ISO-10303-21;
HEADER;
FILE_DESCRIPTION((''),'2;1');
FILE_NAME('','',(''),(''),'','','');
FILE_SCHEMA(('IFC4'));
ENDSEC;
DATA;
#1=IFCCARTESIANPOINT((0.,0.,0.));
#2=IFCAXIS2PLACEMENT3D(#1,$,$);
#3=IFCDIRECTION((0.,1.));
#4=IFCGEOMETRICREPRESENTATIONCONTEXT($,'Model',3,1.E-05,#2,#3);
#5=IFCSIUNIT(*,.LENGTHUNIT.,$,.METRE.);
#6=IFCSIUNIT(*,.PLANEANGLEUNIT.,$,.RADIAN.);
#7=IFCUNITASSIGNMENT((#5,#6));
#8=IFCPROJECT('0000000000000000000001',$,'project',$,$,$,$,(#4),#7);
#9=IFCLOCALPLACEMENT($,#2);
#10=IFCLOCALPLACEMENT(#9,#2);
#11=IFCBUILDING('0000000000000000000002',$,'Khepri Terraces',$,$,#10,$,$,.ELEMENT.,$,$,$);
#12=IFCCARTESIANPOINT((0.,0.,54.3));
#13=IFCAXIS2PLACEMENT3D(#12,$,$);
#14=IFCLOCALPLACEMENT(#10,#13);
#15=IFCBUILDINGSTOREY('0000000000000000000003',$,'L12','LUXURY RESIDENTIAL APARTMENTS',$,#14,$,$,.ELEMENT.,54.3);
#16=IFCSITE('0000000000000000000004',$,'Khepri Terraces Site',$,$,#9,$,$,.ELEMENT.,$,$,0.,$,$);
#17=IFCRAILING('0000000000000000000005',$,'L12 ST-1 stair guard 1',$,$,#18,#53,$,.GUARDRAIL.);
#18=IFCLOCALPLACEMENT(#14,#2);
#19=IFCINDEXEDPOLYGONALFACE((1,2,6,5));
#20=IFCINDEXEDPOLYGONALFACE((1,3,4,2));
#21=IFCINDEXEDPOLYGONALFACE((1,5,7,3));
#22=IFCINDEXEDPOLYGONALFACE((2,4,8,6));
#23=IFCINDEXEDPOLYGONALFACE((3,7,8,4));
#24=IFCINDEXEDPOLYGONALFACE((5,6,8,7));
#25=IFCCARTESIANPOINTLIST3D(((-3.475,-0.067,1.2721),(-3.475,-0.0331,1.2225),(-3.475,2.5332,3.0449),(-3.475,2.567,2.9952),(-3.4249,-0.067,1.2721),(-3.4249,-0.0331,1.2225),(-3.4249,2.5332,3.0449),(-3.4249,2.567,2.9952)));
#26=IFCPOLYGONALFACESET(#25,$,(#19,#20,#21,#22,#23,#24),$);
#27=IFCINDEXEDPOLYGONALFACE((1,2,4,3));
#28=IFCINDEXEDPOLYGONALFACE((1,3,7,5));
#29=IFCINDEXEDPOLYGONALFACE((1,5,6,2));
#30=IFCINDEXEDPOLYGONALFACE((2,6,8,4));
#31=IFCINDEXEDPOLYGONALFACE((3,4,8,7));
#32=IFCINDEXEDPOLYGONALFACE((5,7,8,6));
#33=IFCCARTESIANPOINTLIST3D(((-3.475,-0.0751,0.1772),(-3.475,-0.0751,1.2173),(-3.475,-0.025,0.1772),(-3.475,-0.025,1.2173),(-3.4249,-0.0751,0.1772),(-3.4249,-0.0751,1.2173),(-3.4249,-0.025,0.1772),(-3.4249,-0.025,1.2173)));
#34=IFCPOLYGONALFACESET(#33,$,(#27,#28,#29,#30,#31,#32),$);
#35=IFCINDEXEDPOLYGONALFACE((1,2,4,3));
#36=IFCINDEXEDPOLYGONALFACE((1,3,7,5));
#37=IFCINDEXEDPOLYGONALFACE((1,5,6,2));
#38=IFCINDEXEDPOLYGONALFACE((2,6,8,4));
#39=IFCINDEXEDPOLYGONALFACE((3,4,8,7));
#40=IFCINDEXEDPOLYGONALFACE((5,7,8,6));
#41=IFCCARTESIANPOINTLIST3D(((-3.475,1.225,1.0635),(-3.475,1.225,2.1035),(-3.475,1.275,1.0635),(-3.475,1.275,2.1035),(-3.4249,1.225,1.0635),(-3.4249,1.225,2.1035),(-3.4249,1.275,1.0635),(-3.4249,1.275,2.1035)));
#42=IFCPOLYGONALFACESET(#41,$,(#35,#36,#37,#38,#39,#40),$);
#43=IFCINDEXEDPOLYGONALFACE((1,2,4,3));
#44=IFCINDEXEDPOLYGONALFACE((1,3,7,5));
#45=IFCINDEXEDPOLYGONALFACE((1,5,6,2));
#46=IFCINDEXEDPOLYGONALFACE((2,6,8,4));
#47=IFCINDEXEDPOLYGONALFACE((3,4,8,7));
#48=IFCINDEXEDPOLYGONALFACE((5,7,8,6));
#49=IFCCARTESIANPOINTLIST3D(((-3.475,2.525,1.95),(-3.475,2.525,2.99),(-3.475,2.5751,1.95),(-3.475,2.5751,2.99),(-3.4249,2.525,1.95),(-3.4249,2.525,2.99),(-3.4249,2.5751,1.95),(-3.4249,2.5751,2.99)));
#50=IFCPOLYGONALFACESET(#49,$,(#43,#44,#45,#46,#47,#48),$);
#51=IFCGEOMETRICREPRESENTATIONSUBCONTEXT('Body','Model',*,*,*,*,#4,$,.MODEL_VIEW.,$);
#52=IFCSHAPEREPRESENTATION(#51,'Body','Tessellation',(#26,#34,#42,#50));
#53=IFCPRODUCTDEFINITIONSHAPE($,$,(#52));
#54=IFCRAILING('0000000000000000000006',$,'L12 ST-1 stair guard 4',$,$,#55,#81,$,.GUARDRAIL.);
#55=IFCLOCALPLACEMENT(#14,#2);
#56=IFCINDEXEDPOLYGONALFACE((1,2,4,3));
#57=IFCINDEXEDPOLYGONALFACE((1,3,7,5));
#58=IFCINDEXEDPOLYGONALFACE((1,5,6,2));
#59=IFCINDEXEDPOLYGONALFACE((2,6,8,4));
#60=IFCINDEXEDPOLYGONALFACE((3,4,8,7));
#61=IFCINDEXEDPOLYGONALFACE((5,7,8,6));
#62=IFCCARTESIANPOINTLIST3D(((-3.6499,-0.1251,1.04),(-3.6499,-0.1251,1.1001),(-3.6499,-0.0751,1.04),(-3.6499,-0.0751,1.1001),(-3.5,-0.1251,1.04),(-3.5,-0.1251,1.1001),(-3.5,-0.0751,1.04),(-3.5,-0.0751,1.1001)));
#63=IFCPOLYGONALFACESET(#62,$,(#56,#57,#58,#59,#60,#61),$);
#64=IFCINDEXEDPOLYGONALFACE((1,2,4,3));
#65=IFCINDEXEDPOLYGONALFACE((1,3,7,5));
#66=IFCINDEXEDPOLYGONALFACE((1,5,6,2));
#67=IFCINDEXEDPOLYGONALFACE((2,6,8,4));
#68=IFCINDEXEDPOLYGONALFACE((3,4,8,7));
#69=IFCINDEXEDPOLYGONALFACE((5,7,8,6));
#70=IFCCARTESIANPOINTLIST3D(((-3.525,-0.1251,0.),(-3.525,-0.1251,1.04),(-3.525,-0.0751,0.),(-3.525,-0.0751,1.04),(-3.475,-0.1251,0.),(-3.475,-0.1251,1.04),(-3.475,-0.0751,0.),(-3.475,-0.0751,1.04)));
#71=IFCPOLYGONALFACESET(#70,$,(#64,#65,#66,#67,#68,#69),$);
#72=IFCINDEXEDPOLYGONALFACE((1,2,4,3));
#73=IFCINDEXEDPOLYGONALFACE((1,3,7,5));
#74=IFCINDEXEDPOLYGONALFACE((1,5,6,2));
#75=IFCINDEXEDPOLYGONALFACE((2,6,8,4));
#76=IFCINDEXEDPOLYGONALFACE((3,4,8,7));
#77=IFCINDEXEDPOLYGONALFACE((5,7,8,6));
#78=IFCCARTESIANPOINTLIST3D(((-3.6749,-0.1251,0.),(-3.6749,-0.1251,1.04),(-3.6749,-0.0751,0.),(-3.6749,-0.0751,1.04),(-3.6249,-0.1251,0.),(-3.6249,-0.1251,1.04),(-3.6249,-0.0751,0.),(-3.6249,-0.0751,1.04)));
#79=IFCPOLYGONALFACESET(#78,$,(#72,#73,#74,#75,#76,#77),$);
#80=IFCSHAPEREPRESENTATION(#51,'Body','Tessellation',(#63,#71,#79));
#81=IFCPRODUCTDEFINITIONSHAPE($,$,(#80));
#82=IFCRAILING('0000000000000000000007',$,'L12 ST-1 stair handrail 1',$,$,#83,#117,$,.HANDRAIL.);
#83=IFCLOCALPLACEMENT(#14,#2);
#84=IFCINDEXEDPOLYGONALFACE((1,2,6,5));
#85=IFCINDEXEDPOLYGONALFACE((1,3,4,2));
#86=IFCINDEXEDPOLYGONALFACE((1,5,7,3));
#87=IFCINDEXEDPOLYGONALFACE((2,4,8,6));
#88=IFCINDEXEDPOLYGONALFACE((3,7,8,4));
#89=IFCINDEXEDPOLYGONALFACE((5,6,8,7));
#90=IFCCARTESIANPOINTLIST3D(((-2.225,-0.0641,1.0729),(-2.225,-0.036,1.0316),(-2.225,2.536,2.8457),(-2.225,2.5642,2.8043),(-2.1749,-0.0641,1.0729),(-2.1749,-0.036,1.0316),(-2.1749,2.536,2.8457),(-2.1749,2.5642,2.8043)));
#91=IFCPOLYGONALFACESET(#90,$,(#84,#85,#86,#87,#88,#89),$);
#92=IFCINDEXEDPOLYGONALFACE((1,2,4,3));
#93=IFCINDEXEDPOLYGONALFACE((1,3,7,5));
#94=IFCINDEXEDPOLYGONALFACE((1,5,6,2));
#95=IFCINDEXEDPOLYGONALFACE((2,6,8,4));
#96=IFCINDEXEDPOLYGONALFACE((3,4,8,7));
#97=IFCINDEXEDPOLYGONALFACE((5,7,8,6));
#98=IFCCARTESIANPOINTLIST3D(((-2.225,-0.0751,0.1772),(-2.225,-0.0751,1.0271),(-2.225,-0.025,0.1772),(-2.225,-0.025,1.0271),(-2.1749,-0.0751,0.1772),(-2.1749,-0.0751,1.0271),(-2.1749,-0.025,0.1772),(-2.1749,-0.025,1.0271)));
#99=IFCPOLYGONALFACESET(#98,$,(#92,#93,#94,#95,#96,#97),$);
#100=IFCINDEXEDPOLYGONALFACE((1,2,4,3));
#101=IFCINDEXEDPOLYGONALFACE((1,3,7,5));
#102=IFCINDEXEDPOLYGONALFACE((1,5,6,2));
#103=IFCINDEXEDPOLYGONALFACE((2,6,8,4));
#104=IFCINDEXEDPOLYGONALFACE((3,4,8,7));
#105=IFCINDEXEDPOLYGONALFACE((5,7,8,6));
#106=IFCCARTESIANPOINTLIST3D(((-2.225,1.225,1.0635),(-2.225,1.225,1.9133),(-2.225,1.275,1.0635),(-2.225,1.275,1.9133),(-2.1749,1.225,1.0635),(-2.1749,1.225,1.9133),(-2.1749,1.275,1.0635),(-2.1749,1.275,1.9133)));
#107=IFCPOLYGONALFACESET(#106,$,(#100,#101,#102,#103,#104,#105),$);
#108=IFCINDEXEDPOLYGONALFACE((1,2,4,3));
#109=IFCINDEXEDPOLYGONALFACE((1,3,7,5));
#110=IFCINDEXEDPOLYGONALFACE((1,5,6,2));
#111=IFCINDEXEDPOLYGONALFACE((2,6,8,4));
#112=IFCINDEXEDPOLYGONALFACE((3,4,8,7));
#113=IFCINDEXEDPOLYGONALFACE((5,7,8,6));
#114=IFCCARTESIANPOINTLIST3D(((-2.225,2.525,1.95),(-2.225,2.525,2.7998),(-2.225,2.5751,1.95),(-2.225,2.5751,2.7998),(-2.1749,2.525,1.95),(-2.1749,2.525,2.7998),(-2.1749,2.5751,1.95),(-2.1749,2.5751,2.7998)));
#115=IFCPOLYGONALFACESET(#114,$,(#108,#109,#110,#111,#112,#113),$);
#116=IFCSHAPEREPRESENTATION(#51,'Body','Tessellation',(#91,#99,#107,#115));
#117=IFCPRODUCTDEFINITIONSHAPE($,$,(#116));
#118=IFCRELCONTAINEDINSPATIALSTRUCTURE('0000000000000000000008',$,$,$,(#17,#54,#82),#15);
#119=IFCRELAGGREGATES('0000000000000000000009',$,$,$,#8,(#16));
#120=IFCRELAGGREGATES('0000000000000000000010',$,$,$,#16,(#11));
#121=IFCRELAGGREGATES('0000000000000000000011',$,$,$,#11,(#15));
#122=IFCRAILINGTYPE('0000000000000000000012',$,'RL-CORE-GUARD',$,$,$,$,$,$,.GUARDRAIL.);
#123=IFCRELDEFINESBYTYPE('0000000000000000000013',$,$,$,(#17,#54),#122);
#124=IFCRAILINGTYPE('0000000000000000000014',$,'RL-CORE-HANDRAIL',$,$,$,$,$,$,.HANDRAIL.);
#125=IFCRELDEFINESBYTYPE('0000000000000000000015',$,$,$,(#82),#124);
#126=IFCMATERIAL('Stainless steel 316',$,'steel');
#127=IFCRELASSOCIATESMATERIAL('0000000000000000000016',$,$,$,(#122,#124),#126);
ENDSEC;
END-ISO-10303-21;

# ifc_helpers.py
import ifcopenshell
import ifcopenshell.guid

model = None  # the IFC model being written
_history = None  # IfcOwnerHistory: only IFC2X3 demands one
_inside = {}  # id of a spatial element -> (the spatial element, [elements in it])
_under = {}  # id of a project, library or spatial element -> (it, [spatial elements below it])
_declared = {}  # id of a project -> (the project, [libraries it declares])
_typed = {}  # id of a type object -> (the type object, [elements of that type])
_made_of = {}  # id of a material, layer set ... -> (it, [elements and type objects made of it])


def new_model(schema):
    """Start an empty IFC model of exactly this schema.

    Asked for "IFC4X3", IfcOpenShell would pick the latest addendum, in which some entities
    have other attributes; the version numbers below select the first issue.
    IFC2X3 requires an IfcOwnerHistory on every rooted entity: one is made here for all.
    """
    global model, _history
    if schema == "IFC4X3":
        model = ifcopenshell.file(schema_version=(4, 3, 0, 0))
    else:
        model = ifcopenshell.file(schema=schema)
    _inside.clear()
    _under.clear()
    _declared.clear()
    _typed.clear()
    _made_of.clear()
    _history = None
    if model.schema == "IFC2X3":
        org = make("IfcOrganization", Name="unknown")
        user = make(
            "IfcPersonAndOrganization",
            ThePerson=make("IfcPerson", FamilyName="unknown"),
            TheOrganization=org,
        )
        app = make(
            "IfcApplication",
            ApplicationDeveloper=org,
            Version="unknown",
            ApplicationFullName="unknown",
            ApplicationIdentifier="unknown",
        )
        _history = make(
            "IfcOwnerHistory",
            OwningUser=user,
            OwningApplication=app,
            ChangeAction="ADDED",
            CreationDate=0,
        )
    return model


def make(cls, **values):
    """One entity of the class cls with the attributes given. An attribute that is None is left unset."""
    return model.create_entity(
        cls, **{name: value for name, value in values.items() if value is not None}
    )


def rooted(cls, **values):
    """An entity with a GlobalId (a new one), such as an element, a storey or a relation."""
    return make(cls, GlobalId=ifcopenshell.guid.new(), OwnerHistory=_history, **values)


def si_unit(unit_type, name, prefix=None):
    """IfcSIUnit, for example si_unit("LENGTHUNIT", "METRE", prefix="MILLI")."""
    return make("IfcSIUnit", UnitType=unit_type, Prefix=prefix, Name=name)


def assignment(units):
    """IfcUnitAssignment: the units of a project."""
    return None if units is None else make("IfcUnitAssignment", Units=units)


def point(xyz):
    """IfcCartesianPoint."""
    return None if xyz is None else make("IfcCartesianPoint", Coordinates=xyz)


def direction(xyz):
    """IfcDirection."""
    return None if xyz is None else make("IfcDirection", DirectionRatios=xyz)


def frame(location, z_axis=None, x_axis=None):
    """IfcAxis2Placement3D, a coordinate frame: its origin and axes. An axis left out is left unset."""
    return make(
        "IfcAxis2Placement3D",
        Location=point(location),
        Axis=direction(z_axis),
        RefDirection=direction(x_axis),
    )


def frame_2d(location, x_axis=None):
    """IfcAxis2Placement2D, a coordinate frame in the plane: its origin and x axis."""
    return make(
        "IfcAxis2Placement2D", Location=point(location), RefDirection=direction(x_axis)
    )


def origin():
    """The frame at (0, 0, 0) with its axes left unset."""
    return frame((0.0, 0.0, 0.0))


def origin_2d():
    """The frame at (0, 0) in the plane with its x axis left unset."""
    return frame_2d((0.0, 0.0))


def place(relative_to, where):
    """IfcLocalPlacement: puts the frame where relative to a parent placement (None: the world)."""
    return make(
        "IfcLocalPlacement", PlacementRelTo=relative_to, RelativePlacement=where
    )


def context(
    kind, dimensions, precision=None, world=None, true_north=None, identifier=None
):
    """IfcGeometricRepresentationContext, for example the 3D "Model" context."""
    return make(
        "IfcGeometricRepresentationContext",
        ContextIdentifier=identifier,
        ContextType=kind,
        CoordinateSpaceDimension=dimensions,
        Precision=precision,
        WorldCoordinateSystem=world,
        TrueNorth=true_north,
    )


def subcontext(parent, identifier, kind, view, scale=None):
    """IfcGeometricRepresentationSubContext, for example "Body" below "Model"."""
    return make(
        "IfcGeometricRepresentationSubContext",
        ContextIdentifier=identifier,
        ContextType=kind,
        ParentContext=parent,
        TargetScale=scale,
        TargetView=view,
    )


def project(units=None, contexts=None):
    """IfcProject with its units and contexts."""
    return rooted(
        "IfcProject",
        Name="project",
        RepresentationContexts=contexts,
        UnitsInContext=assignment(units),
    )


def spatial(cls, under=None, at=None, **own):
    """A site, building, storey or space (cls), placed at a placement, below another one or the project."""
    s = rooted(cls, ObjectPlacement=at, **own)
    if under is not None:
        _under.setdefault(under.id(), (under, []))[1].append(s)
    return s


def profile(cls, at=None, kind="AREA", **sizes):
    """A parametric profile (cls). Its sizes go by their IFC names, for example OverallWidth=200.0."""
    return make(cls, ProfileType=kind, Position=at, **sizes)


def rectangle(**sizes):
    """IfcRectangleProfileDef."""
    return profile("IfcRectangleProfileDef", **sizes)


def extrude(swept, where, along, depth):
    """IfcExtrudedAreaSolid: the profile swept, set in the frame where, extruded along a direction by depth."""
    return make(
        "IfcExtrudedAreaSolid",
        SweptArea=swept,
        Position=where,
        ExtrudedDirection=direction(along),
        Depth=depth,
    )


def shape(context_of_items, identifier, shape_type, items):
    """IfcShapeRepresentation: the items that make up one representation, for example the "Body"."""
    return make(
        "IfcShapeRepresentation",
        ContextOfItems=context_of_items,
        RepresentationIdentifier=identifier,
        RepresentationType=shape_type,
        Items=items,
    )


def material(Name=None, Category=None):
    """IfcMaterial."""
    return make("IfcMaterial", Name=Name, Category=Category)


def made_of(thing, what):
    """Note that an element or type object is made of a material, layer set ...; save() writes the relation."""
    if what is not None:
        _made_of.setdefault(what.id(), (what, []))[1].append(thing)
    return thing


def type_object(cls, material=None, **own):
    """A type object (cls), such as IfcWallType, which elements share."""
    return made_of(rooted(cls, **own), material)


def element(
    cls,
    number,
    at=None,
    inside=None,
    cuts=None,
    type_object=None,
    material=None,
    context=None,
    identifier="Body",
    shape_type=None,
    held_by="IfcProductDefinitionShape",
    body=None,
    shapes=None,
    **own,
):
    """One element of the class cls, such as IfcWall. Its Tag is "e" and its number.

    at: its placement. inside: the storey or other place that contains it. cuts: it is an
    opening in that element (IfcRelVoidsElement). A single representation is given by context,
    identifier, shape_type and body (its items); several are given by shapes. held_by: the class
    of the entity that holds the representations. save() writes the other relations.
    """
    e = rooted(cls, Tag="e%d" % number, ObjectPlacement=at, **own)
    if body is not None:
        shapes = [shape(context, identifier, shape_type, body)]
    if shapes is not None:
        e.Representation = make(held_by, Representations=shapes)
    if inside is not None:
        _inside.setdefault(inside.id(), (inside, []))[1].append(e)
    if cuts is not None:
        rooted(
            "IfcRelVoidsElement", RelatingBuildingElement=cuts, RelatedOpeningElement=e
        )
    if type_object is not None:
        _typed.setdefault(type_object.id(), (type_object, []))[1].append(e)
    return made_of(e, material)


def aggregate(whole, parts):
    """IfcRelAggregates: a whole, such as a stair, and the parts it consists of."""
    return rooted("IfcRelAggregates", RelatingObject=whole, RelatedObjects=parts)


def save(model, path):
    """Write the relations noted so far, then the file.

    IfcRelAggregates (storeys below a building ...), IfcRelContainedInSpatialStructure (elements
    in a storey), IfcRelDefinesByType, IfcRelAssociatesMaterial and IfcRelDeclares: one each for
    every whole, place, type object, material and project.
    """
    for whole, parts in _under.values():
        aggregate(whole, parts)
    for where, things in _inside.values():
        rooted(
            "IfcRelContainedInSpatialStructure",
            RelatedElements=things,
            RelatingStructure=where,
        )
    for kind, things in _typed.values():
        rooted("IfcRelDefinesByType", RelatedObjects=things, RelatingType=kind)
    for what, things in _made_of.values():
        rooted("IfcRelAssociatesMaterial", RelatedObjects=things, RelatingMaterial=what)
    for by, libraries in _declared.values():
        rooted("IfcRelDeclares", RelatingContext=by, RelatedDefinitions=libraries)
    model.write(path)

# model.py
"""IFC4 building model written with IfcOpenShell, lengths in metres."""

from ifc_helpers import new_model, si_unit, direction, frame, origin, origin_2d, place, context, subcontext, project, spatial, rectangle, extrude, material, type_object, element, save


model = new_model("IFC4")

# Units and contexts
model_context = context("Model", 3, precision=1e-05, world=origin(), true_north=direction((0.0, 1.0)))
body_context = subcontext(model_context, "Body", "Model", "MODEL_VIEW")
ifc_project = project(units=[si_unit("LENGTHUNIT", "METRE"), si_unit("PLANEANGLEUNIT", "RADIAN")], contexts=[model_context])

# Site, building, storey
site_placement = place(None, origin())
site = spatial("IfcSite", under=ifc_project, at=site_placement, Name="Khepri Terraces Site", CompositionType="ELEMENT", RefElevation=0.0)
building_placement = place(site_placement, origin())
building = spatial("IfcBuilding", under=site, at=building_placement, Name="Khepri Terraces", CompositionType="ELEMENT")
storey_placement = place(building_placement, frame((0.0, 0.0, 54.3)))
storey = spatial("IfcBuildingStorey", under=building, at=storey_placement, Name="L12", Description="LUXURY RESIDENTIAL APARTMENTS", CompositionType="ELEMENT", Elevation=54.3)

# Railings
ifc_material_1 = material(Name="Stainless steel 316", Category="steel")
railing_type_1 = type_object("IfcRailingType", Name="RL-CORE-GUARD", PredefinedType="GUARDRAIL", material=ifc_material_1)
railing_1_placement = place(storey_placement, frame((-3.45, -0.05, 0.1772)))
element("IfcRailing", 1, at=railing_1_placement, inside=storey, type_object=railing_type_1, Name="L12 ST-1 stair guard 1", PredefinedType="GUARDRAIL", context=body_context, shape_type="SweptSolid", body=[
    extrude(rectangle(XDim=0.05, YDim=0.0601, at=origin_2d()), frame((0.0, 0.0, 1.0701), z_axis=(0.0, 0.82624, 0.563318), x_axis=(-1.0, 0.0, 0.0)), (0.0, 0.0, 1.0), 3.147),
    extrude(rectangle(XDim=0.05, YDim=0.05, at=origin_2d()), origin(), (0.0, 0.0, 1.0), 1.04),
    extrude(rectangle(XDim=0.05, YDim=0.05, at=origin_2d()), frame((0.0, 1.3, 0.8862)), (0.0, 0.0, 1.0), 1.04),
    extrude(rectangle(XDim=0.05, YDim=0.05, at=origin_2d()), frame((0.0, 2.6001, 1.7727)), (0.0, 0.0, 1.0), 1.04),
])
railing_2_placement = place(storey_placement, frame((-3.5, -0.1001, 0.0)))
element("IfcRailing", 2, at=railing_2_placement, inside=storey, type_object=railing_type_1, Name="L12 ST-1 stair guard 4", PredefinedType="GUARDRAIL", context=body_context, shape_type="SweptSolid", body=[
    extrude(rectangle(XDim=0.05, YDim=0.0601, at=origin_2d()), frame((0.0, 0.0, 1.0701), z_axis=(-1.0, 0.0, 0.0), x_axis=(0.0, -1.0, 0.0)), (0.0, 0.0, 1.0), 0.1499),
    extrude(rectangle(XDim=0.05, YDim=0.05, at=origin_2d()), origin(), (0.0, 0.0, 1.0), 1.04),
    extrude(rectangle(XDim=0.05, YDim=0.05, at=origin_2d()), frame((-0.1499, 0.0, 0.0)), (0.0, 0.0, 1.0), 1.04),
])
railing_type_2 = type_object("IfcRailingType", Name="RL-CORE-HANDRAIL", PredefinedType="HANDRAIL", material=ifc_material_1)
railing_3_placement = place(storey_placement, frame((-2.2, -0.05, 0.1772)))
element("IfcRailing", 3, at=railing_3_placement, inside=storey, type_object=railing_type_2, Name="L12 ST-1 stair handrail 1", PredefinedType="HANDRAIL", context=body_context, shape_type="SweptSolid", body=[
    extrude(rectangle(XDim=0.05, YDim=0.05, at=origin_2d()), frame((0.0, 0.0, 0.875), z_axis=(0.0, 0.82624, 0.563318), x_axis=(-1.0, 0.0, 0.0)), (0.0, 0.0, 1.0), 3.147),
    extrude(rectangle(XDim=0.05, YDim=0.05, at=origin_2d()), origin(), (0.0, 0.0, 1.0), 0.8499),
    extrude(rectangle(XDim=0.05, YDim=0.05, at=origin_2d()), frame((0.0, 1.3, 0.8862)), (0.0, 0.0, 1.0), 0.8499),
    extrude(rectangle(XDim=0.05, YDim=0.05, at=origin_2d()), frame((0.0, 2.6001, 1.7727)), (0.0, 0.0, 1.0), 0.8499),
])

save(model, "model.ifc")
